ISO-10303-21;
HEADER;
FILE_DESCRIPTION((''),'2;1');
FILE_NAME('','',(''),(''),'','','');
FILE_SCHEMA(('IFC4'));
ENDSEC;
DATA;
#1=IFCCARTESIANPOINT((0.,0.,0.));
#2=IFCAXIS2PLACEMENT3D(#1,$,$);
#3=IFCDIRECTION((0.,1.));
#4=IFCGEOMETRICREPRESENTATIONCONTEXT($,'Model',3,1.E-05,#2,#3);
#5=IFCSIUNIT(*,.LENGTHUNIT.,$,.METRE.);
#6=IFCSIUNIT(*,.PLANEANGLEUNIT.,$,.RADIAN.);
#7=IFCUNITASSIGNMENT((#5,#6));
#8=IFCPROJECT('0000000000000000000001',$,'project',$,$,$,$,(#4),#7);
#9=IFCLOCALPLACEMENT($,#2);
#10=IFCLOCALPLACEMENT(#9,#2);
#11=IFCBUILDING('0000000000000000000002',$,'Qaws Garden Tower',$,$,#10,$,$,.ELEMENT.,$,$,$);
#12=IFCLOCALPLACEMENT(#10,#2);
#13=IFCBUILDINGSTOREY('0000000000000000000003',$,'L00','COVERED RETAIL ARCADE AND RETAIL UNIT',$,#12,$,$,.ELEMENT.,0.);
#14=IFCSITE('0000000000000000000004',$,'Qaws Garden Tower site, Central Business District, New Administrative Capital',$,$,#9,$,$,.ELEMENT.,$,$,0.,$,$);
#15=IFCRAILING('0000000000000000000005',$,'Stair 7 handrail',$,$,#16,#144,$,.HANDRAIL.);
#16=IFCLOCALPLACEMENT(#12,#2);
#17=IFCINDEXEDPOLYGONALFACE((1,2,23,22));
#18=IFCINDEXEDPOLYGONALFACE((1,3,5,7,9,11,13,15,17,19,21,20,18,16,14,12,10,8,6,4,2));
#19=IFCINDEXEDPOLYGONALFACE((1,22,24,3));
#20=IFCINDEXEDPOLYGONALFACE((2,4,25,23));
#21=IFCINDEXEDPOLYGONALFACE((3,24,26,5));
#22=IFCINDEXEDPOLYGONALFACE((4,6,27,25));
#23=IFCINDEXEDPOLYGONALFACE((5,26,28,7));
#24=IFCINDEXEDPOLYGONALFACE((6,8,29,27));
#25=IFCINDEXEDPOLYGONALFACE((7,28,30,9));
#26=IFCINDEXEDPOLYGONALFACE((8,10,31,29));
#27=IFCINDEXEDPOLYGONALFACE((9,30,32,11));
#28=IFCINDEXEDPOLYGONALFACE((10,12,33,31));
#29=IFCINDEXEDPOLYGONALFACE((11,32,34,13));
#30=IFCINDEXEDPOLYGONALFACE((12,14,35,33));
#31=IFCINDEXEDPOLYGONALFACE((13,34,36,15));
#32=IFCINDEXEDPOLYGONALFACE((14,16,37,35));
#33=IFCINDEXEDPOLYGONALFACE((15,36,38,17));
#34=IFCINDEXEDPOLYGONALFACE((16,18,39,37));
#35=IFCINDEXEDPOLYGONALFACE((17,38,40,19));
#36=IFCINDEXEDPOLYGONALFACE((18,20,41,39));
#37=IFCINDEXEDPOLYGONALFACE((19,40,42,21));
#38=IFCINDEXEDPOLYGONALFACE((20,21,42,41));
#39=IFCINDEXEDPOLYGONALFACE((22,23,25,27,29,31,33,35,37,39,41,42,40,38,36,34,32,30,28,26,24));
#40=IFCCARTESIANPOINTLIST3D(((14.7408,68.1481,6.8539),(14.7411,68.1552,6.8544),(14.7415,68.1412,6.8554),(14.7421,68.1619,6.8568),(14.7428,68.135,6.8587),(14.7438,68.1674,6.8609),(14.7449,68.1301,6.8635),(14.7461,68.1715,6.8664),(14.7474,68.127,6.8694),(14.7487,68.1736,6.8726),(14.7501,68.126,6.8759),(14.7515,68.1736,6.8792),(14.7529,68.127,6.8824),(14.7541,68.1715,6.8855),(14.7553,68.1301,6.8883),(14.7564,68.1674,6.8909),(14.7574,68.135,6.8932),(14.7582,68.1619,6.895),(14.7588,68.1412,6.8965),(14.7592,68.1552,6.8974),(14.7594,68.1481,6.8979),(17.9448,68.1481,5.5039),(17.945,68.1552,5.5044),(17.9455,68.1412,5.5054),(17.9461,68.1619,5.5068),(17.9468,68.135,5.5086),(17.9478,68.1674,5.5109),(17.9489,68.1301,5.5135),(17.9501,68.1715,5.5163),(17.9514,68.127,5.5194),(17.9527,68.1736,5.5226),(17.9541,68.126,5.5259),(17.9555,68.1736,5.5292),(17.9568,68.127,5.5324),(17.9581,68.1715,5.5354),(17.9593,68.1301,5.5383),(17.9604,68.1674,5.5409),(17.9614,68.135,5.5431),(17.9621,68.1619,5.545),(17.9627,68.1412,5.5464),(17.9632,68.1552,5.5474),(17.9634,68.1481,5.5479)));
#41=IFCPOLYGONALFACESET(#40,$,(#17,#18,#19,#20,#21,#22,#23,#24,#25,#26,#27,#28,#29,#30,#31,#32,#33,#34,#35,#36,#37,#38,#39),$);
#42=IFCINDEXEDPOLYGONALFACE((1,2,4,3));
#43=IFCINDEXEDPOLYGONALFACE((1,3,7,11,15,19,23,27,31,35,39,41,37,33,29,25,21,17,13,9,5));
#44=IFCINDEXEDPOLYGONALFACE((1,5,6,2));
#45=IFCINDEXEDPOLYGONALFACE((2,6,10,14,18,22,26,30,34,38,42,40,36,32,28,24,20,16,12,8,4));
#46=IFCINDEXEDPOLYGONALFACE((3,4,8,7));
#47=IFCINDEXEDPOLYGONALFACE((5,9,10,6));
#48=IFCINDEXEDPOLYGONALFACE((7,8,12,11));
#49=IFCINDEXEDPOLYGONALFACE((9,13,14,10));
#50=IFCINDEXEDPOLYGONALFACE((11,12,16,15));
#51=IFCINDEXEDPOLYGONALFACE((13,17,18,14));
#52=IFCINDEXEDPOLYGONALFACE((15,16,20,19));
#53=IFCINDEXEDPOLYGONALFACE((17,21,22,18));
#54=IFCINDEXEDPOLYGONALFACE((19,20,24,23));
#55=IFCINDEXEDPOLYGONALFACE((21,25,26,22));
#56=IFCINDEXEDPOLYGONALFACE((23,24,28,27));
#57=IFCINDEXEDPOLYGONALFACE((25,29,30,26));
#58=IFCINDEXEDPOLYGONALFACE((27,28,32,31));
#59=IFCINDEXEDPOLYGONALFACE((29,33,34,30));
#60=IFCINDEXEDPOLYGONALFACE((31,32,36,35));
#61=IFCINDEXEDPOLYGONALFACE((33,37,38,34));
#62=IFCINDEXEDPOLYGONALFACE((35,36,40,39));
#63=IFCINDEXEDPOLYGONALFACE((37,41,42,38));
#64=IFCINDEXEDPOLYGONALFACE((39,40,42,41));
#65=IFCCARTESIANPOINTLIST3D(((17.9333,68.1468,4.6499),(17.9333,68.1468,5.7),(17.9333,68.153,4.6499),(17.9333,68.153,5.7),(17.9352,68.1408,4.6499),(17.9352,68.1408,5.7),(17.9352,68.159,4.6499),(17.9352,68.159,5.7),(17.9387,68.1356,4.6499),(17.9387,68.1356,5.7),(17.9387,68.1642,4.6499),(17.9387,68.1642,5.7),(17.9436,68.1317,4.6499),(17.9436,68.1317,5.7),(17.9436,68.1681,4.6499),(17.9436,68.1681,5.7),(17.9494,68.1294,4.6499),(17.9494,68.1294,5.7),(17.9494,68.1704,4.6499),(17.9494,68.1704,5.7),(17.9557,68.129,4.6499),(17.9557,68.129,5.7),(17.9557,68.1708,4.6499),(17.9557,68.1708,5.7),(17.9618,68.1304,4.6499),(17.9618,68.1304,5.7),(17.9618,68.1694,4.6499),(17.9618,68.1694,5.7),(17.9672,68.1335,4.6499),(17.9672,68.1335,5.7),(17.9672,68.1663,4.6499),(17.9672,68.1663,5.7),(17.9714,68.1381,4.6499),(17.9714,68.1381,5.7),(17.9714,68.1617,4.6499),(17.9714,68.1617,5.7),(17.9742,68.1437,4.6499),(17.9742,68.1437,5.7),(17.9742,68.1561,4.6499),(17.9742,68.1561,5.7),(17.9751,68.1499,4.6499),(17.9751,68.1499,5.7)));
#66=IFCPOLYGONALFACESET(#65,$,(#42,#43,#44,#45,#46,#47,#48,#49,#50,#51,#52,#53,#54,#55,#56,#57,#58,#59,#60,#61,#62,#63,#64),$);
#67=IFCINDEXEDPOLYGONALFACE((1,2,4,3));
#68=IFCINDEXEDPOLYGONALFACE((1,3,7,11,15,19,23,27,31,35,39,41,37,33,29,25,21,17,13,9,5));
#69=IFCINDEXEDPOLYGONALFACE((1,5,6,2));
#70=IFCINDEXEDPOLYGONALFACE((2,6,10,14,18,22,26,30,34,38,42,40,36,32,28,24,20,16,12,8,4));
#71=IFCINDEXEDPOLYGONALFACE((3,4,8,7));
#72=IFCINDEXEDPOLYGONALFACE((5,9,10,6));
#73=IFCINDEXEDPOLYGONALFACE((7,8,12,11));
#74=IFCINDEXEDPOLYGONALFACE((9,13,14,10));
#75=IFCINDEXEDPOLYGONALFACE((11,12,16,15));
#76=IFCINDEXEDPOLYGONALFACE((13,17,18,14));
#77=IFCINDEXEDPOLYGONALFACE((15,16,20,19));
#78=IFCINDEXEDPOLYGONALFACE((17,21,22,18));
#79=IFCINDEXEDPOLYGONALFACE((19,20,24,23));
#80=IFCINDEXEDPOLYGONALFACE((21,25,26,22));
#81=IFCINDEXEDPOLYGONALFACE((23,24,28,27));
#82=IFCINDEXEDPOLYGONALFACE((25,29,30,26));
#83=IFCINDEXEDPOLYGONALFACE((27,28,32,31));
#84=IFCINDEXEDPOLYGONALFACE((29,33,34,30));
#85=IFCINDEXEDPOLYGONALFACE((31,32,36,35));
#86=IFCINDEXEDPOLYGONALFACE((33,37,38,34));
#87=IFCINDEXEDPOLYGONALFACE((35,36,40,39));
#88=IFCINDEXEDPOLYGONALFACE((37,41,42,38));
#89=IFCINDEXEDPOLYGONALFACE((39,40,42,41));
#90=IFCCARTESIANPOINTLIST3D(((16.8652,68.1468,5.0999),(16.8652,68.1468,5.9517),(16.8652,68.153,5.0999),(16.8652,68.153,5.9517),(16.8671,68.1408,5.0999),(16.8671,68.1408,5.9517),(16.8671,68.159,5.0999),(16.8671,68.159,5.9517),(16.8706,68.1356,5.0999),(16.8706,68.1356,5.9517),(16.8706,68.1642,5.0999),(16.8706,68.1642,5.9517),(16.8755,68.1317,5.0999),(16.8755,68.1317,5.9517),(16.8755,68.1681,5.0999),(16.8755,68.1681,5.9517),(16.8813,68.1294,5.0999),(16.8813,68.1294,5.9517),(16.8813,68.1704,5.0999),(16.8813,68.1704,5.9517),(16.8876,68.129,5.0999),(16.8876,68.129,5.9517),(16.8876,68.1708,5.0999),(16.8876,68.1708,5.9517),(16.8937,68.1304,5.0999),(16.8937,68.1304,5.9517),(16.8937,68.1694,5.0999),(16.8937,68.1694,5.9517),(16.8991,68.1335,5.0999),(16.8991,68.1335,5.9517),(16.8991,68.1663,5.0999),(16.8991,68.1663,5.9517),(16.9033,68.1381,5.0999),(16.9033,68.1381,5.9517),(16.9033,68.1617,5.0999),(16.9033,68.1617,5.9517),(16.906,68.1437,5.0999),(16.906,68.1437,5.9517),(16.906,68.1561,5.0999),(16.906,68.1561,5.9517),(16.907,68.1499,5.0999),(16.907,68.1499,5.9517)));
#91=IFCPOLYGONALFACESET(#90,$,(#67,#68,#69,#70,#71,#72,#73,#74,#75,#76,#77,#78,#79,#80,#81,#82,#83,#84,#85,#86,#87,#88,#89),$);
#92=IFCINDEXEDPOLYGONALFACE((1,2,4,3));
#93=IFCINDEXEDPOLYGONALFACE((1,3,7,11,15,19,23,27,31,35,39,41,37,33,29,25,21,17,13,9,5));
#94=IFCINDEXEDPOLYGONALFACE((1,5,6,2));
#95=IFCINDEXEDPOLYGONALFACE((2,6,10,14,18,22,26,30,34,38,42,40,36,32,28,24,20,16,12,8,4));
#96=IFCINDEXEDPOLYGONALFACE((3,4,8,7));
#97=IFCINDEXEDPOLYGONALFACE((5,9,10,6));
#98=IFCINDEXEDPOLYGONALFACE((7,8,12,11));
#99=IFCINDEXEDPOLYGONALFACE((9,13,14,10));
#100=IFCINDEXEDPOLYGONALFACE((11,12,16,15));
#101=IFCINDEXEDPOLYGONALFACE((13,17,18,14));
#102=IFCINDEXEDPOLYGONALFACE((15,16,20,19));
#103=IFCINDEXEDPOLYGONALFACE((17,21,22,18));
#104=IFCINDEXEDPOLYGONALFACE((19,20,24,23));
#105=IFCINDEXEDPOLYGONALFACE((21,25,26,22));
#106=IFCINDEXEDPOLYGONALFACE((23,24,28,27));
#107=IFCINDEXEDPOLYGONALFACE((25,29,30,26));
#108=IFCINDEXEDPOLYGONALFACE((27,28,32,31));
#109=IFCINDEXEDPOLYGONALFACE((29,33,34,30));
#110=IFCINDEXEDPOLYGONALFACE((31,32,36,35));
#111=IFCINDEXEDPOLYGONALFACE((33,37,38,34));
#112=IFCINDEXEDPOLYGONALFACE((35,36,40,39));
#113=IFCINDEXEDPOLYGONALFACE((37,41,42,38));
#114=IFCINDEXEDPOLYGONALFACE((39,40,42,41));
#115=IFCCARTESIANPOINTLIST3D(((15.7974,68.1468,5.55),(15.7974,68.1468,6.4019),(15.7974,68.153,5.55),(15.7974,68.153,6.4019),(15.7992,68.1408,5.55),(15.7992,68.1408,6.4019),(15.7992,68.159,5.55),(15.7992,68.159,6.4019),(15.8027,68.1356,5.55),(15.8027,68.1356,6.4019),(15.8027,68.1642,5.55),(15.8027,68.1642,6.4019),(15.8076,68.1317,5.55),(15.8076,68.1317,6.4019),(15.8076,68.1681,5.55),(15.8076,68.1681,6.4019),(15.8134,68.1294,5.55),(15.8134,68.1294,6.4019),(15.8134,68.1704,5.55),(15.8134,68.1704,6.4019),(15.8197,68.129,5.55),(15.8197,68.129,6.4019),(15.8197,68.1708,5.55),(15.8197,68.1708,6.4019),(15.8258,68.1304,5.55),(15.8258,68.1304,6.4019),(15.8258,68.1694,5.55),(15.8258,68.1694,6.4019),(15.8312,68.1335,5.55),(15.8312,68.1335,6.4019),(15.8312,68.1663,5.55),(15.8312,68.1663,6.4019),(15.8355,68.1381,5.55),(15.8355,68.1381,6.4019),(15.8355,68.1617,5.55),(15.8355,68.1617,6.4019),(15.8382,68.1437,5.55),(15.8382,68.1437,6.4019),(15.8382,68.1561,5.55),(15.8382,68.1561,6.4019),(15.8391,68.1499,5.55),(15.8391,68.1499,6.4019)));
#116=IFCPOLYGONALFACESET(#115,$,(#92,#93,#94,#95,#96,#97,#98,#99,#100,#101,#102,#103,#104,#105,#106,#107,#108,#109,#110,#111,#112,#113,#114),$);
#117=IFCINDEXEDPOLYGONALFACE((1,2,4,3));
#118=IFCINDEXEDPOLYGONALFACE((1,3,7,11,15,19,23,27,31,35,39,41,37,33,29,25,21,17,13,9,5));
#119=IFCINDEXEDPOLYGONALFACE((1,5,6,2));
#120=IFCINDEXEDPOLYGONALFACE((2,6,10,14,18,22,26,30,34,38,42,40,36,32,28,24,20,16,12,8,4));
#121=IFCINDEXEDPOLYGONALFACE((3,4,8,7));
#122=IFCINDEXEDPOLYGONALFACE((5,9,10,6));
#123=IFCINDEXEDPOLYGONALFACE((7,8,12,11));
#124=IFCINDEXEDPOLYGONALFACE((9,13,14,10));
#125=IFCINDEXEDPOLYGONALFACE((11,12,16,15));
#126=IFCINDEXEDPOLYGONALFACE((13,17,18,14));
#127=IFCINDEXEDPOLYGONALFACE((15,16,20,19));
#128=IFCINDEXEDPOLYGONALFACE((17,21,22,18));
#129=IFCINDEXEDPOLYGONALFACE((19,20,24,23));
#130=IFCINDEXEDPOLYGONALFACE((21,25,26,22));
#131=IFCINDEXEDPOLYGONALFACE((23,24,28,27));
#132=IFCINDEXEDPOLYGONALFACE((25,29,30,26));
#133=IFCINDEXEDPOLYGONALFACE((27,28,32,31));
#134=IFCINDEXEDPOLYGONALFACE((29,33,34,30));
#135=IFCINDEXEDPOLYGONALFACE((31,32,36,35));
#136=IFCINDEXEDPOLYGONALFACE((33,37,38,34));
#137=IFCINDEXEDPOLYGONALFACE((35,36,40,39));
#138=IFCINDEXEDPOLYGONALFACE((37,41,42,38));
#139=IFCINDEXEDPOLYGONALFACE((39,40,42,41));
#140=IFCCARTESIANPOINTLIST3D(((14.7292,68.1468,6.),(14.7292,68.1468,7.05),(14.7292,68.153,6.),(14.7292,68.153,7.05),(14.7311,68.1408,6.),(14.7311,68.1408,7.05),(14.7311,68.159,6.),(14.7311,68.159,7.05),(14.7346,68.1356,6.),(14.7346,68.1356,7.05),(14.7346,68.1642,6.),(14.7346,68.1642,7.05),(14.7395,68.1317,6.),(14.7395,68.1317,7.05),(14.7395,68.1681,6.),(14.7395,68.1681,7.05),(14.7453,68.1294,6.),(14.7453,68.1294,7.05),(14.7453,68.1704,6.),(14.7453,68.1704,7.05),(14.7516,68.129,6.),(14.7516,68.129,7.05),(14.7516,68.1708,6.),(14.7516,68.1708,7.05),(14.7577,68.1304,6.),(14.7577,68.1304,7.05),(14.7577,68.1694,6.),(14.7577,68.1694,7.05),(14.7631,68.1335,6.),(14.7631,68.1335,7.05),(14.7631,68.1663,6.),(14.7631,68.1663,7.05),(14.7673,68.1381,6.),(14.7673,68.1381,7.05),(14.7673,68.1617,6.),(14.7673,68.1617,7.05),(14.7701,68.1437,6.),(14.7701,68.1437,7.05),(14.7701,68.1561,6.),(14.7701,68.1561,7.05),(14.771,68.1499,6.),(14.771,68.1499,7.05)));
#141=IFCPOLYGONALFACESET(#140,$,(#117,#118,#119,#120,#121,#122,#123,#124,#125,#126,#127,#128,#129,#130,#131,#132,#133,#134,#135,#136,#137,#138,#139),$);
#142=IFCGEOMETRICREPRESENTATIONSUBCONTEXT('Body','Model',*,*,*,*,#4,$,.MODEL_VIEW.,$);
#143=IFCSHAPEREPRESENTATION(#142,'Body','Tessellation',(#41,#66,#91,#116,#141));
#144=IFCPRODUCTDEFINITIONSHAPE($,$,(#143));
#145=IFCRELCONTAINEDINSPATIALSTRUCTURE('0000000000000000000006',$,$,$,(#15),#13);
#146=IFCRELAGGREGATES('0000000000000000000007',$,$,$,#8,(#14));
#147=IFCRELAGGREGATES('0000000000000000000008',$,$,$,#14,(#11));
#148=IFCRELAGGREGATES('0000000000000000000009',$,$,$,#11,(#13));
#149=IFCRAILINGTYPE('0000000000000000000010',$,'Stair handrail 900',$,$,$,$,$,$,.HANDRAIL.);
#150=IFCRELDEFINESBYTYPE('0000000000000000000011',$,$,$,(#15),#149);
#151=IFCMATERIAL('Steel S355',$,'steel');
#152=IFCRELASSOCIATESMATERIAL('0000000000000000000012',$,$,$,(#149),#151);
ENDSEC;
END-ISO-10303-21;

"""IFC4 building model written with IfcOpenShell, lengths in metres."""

from ifc_helpers import new_model, si_unit, direction, frame, origin, origin_2d, place, context, subcontext, project, spatial, circle, extrude, material, type_object, element, save


model = new_model("IFC4")

# Units and contexts
model_context = context("Model", 3, precision=1e-05, world=origin(), true_north=direction((0.0, 1.0)))
body_context = subcontext(model_context, "Body", "Model", "MODEL_VIEW")
ifc_project = project(units=[si_unit("LENGTHUNIT", "METRE"), si_unit("PLANEANGLEUNIT", "RADIAN")], contexts=[model_context])

# Site, building, storey
site_placement = place(None, origin())
site = spatial("IfcSite", under=ifc_project, at=site_placement, Name="Qaws Garden Tower site, Central Business District, New Administrative Capital", CompositionType="ELEMENT", RefElevation=0.0)
building_placement = place(site_placement, origin())
building = spatial("IfcBuilding", under=site, at=building_placement, Name="Qaws Garden Tower", CompositionType="ELEMENT")
storey_placement = place(building_placement, origin())
storey = spatial("IfcBuildingStorey", under=building, at=storey_placement, Name="L00", Description="COVERED RETAIL ARCADE AND RETAIL UNIT", CompositionType="ELEMENT", Elevation=0.0)

# Railing
ifc_material_1 = material(Name="Steel S355", Category="steel")
railing_type = type_object("IfcRailingType", Name="Stair handrail 900", PredefinedType="HANDRAIL", material=ifc_material_1)
railing_1_placement = place(storey_placement, frame((17.9541, 68.1499, 4.6499)))
element("IfcRailing", 1, at=railing_1_placement, inside=storey, type_object=railing_type, Name="Stair 7 handrail", PredefinedType="HANDRAIL", context=body_context, shape_type="SweptSolid", body=[
    extrude(circle(Radius=0.0239, at=origin_2d()), frame((0.0, 0.0, 0.876), z_axis=(-0.921532, 0.0, 0.388302), x_axis=(0.0, -1.0, 0.0)), (0.0, 0.0, 1.0), 3.4768),
    extrude(circle(Radius=0.021, at=origin_2d()), origin(), (0.0, 0.0, 1.0), 1.05),
    extrude(circle(Radius=0.021, at=origin_2d()), frame((-1.0681, 0.0, 0.45)), (0.0, 0.0, 1.0), 0.8518),
    extrude(circle(Radius=0.021, at=origin_2d()), frame((-2.136, 0.0, 0.9001)), (0.0, 0.0, 1.0), 0.8518),
    extrude(circle(Radius=0.021, at=origin_2d()), frame((-3.2041, 0.0, 1.3501)), (0.0, 0.0, 1.0), 1.05),
])

save(model, "model.ifc")
